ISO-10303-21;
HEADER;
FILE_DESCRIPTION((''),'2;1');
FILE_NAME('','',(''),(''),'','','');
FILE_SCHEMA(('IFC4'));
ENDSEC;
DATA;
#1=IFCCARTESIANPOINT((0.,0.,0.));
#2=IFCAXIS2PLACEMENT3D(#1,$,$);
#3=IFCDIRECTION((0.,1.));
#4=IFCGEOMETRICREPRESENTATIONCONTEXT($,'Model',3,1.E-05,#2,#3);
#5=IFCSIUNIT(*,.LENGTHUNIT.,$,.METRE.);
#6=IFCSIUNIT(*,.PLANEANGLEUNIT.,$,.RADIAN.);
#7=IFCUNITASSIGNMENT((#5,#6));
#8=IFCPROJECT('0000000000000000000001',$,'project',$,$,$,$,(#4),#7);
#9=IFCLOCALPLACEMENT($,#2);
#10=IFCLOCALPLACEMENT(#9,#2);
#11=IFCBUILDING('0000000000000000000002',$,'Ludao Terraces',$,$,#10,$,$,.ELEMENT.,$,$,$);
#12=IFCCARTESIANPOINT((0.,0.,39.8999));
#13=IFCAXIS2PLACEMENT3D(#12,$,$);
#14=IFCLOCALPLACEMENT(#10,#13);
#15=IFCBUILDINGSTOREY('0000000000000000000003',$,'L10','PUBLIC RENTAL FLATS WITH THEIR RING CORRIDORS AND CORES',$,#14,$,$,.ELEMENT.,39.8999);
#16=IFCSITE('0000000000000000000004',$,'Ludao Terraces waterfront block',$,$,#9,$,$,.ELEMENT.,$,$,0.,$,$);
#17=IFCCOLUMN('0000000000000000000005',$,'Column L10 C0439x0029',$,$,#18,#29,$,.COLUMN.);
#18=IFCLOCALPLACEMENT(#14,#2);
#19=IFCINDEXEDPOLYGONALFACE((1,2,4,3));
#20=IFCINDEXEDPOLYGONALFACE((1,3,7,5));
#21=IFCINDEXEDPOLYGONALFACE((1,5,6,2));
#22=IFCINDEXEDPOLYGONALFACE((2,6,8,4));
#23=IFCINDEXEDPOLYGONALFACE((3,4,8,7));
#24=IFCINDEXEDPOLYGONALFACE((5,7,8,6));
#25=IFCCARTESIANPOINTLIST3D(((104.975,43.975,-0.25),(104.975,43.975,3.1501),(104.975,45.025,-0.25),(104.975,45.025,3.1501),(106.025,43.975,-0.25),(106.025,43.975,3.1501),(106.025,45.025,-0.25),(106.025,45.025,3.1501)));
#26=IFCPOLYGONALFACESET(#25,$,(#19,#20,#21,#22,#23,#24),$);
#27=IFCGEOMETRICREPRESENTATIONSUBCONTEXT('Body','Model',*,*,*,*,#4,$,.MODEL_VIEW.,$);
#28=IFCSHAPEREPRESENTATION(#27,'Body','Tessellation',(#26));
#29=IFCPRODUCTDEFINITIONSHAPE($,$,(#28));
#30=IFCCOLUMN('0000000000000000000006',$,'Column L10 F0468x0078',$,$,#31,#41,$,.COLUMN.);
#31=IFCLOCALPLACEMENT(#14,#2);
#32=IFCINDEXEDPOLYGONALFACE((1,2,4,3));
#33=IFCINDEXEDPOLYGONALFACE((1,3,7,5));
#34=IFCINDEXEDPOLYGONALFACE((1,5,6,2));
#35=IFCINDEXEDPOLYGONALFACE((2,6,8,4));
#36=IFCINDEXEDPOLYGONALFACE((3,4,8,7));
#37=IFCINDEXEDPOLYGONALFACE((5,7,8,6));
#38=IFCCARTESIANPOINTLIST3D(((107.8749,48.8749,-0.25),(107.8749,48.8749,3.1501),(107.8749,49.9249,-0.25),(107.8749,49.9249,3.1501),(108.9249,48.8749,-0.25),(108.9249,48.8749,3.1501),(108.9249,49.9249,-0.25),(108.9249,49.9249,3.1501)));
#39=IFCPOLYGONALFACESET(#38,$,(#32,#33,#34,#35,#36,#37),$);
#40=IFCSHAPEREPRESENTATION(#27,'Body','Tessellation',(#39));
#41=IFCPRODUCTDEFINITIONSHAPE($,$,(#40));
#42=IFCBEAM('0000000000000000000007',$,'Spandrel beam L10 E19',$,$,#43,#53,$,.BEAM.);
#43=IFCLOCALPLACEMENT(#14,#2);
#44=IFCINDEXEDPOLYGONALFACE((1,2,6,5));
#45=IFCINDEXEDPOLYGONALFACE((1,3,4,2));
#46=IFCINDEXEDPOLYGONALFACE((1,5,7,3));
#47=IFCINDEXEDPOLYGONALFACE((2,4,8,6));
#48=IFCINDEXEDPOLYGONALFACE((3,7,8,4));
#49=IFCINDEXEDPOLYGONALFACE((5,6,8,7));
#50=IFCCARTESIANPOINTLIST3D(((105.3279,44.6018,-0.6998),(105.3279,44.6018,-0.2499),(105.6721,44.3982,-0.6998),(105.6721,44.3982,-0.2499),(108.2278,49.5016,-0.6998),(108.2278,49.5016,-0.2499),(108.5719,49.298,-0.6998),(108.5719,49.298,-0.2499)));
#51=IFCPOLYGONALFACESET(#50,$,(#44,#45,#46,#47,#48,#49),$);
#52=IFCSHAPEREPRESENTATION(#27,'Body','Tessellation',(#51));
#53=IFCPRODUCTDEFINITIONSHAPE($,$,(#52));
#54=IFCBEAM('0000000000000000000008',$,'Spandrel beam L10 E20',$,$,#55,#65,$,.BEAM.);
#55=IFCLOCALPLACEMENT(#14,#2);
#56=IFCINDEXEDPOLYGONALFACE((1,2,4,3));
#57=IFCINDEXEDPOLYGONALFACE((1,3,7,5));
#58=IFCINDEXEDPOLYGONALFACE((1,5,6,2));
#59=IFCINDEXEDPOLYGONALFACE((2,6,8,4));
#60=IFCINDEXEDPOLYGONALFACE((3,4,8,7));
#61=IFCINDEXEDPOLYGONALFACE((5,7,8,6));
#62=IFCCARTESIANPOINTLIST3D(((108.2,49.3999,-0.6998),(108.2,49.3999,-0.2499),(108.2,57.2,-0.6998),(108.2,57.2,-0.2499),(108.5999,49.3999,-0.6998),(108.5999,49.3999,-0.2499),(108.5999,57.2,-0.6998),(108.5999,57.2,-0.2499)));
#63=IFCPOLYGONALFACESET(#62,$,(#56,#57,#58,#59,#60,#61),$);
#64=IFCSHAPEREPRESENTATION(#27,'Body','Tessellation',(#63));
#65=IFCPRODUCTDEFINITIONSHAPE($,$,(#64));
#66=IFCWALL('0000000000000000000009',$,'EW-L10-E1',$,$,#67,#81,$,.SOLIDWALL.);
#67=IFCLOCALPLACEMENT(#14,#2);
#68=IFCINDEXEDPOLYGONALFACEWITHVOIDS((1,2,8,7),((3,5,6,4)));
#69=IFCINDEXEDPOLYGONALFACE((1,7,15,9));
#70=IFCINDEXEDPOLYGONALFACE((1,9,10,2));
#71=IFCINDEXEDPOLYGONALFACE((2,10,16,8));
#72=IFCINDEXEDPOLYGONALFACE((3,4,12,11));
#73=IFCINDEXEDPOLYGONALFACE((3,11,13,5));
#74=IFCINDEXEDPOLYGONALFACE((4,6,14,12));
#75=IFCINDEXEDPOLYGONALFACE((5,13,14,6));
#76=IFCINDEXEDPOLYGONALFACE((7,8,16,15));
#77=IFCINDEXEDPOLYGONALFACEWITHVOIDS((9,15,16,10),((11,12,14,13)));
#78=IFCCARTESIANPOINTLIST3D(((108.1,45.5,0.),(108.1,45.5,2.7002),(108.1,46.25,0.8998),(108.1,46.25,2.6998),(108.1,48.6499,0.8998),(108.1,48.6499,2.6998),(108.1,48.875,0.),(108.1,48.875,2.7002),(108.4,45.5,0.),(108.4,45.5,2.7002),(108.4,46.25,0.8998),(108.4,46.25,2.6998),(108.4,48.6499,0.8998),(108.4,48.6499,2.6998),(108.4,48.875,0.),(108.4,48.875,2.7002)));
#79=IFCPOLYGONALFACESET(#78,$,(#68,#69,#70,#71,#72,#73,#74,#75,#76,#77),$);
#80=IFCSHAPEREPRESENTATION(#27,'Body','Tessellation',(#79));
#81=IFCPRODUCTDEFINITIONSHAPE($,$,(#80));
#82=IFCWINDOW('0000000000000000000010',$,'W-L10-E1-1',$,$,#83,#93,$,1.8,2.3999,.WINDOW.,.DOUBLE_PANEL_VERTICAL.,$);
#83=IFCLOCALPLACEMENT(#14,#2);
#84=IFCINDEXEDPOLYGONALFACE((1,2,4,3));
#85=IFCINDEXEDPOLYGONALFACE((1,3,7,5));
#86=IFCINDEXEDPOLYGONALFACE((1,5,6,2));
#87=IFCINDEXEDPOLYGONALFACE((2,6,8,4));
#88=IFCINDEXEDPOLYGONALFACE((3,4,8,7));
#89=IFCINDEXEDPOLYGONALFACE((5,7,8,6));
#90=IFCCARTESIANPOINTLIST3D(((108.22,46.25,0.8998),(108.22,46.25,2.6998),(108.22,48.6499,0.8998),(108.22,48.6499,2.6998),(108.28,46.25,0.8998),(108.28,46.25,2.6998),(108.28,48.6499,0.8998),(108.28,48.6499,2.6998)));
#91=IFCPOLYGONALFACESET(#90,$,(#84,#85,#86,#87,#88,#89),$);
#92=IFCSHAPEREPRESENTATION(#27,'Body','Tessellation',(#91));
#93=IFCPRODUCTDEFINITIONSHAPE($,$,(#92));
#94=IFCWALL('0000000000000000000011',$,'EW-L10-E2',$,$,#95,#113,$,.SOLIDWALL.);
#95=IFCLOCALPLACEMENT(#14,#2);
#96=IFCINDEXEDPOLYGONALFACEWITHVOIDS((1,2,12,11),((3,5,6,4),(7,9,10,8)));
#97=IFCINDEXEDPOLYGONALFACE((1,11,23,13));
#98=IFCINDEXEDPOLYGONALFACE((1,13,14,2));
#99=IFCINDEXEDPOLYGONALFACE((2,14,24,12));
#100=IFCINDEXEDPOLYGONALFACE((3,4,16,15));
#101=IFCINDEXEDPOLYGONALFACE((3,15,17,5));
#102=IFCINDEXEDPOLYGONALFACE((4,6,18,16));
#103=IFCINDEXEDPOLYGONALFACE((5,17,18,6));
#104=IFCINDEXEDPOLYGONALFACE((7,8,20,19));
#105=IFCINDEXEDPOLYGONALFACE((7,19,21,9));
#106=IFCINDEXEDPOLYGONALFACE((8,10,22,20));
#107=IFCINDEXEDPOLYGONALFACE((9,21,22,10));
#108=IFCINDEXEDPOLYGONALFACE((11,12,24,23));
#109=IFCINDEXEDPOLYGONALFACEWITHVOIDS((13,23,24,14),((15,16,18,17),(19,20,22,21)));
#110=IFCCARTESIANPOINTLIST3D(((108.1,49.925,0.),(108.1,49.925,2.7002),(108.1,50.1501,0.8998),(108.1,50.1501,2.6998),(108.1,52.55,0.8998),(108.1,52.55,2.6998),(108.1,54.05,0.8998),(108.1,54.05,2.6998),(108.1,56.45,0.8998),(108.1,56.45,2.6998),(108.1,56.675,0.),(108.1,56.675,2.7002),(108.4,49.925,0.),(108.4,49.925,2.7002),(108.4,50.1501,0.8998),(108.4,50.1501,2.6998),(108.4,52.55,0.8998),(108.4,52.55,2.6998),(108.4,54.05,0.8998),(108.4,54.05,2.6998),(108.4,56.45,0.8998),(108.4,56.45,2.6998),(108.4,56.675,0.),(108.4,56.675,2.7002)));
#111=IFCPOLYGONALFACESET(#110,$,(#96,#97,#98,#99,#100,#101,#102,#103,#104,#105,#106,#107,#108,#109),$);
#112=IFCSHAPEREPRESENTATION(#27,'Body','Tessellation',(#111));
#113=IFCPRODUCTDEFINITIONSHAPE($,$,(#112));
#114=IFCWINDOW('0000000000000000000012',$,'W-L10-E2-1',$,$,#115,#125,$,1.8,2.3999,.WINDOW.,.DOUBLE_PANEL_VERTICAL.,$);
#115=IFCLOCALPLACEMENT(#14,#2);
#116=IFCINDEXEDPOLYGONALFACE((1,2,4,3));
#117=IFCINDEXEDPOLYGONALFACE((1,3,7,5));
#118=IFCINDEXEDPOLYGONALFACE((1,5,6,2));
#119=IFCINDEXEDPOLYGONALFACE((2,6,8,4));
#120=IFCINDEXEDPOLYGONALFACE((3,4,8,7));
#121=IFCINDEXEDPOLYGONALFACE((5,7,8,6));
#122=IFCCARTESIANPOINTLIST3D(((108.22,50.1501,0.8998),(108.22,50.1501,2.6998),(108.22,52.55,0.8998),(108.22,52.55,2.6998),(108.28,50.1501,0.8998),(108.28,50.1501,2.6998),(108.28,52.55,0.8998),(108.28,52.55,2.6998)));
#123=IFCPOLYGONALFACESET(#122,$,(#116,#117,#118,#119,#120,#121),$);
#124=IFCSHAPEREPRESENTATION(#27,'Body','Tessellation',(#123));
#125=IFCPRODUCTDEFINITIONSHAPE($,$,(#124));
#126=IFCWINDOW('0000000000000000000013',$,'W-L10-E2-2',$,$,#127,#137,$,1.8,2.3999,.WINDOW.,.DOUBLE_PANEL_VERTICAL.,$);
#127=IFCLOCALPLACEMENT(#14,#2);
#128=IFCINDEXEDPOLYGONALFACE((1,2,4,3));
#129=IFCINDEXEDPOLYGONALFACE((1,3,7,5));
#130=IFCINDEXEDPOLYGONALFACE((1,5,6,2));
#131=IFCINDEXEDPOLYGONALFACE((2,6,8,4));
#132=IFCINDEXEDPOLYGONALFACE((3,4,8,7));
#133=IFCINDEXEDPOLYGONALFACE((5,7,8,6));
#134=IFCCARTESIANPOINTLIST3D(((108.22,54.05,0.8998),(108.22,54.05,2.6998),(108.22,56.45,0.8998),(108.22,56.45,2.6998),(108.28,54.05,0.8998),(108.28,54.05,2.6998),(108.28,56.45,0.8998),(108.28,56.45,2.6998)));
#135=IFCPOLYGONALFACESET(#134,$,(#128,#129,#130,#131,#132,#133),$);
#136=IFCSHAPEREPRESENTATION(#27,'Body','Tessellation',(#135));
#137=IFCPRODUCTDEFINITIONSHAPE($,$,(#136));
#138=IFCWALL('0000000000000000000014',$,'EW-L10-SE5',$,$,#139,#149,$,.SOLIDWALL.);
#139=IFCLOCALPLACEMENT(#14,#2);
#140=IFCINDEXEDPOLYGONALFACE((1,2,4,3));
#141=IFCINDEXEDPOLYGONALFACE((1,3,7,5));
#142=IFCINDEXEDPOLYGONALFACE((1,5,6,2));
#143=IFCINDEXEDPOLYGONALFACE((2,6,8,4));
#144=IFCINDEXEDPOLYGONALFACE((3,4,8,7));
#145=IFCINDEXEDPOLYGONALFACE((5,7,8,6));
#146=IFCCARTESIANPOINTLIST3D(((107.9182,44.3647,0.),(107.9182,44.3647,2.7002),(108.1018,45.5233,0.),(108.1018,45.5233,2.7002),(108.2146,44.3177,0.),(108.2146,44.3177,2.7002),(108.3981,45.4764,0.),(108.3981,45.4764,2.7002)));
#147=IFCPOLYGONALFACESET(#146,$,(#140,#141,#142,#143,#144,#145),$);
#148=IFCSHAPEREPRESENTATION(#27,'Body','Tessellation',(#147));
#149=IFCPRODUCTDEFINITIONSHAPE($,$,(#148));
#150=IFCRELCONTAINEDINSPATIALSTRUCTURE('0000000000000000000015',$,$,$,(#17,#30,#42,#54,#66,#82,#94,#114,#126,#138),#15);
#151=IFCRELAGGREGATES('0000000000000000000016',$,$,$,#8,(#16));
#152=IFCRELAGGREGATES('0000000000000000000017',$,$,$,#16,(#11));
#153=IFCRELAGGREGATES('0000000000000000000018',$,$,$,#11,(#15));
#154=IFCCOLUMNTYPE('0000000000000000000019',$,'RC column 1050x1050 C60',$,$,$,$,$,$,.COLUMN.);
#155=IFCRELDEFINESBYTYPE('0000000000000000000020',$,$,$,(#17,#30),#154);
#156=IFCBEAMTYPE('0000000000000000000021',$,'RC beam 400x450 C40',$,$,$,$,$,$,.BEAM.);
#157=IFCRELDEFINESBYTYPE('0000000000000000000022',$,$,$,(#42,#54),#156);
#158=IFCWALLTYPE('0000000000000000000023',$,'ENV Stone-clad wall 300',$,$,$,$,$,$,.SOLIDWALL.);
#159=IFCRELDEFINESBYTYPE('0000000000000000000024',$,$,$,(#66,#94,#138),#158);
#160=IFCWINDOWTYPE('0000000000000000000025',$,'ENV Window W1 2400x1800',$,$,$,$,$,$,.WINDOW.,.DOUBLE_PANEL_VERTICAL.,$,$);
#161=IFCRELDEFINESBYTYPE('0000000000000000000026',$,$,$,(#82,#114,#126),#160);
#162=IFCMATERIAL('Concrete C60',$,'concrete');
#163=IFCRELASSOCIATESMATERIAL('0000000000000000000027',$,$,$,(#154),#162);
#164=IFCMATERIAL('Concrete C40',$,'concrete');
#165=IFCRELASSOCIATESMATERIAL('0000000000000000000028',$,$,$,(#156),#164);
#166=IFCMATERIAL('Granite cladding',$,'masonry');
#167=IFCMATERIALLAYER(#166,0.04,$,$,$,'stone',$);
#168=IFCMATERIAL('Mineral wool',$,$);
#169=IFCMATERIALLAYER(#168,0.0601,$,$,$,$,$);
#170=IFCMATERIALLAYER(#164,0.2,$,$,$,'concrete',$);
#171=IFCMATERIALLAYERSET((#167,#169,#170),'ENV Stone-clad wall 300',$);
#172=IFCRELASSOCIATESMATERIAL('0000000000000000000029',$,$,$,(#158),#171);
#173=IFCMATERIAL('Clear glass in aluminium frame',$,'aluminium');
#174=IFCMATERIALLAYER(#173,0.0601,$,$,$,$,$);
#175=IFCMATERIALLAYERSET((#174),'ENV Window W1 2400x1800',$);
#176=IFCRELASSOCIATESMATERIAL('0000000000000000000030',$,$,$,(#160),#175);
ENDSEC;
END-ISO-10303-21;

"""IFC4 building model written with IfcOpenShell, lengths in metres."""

from ifc_helpers import new_model, si_unit, direction, frame, frame_2d, origin, origin_2d, place, context, subcontext, project, spatial, rectangle, extrude, material, layer, layer_set, material_profile, profile_set, type_object, element, fill, save


model = new_model("IFC4")

# Units and contexts
model_context = context("Model", 3, precision=1e-05, world=origin(), true_north=direction((0.0, 1.0)))
body_context = subcontext(model_context, "Body", "Model", "MODEL_VIEW")
ifc_project = project(units=[si_unit("LENGTHUNIT", "METRE"), si_unit("PLANEANGLEUNIT", "RADIAN")], contexts=[model_context])

# Site, building, storey
site_placement = place(None, origin())
site = spatial("IfcSite", under=ifc_project, at=site_placement, Name="Ludao Terraces waterfront block", CompositionType="ELEMENT", RefElevation=0.0)
building_placement = place(site_placement, origin())
building = spatial("IfcBuilding", under=site, at=building_placement, Name="Ludao Terraces", CompositionType="ELEMENT")
storey_placement = place(building_placement, frame((0.0, 0.0, 39.8999)))
storey = spatial("IfcBuildingStorey", under=building, at=storey_placement, Name="L10", Description="PUBLIC RENTAL FLATS WITH THEIR RING CORRIDORS AND CORES", CompositionType="ELEMENT", Elevation=39.8999)

# Columns
ifc_material_1 = material(Name="Concrete C60", Category="concrete")
ifc_material_profile_1 = material_profile(ifc_material_1, rectangle(XDim=1.05, YDim=1.05, at=origin_2d()), Name="1050 X 1050")
ifc_profile_set_1 = profile_set([ifc_material_profile_1], Name="Concrete C60")
column_type = type_object("IfcColumnType", Name="RC column 1050x1050 C60", PredefinedType="COLUMN", material=ifc_profile_set_1)
for number, where, z_axis, x_axis, name in (
    (1, (105.5, 44.5, -0.25), (0.0, 0.0, 1.0), (1.0, 0.0, 0.0), "Column L10 C0439x0029"),
    (2, (108.3999, 49.3999, -0.25), (0.0, 0.0, 1.0), (1.0, 0.0, 0.0), "Column L10 F0468x0078"),
):
    element("IfcColumn", number, at=place(storey_placement, frame(where, z_axis=z_axis, x_axis=x_axis)), inside=storey, type_object=column_type, Name=name, PredefinedType="COLUMN", context=body_context, shape_type="SweptSolid", body=[
        extrude(rectangle(XDim=1.05, YDim=1.05, at=origin_2d()), origin(), (0.0, 0.0, 1.0), 3.4001),
    ])

# Beams
ifc_material_2 = material(Name="Concrete C40", Category="concrete")
ifc_material_profile_2 = material_profile(ifc_material_2, rectangle(XDim=0.3999, YDim=0.45, at=origin_2d()), Name="400 X 450")
ifc_profile_set_2 = profile_set([ifc_material_profile_2], Name="Concrete C40")
beam_type = type_object("IfcBeamType", Name="RC beam 400x450 C40", PredefinedType="BEAM", material=ifc_profile_set_2)
beam_1_placement = place(storey_placement, frame((105.5, 44.5, -0.4749), z_axis=(0.509316, 0.86058, 0.0), x_axis=(-0.86058, 0.509316, 0.0)))
element("IfcBeam", 3, at=beam_1_placement, inside=storey, type_object=beam_type, Name="Spandrel beam L10 E19", PredefinedType="BEAM", context=body_context, shape_type="SweptSolid", body=[
    extrude(rectangle(XDim=0.3999, YDim=0.45, at=origin_2d()), origin(), (0.0, 0.0, 1.0), 5.6936),
])
beam_2_placement = place(storey_placement, frame((108.3999, 49.3999, -0.4749), z_axis=(0.0, 1.0, 0.0), x_axis=(-1.0, 0.0, 0.0)))
element("IfcBeam", 4, at=beam_2_placement, inside=storey, type_object=beam_type, Name="Spandrel beam L10 E20", PredefinedType="BEAM", context=body_context, shape_type="SweptSolid", body=[
    extrude(rectangle(XDim=0.3999, YDim=0.45, at=origin_2d()), origin(), (0.0, 0.0, 1.0), 7.8),
])

# Wall, opening, window
ifc_material_3 = material(Name="Granite cladding", Category="masonry")
ifc_layer_1 = layer(ifc_material_3, 0.04, Category="stone")
ifc_material_4 = material(Name="Mineral wool")
ifc_layer_2 = layer(ifc_material_4, 0.0601)
ifc_layer_3 = layer(ifc_material_2, 0.2, Category="concrete")
ifc_layer_set_1 = layer_set([ifc_layer_1, ifc_layer_2, ifc_layer_3], Name="ENV Stone-clad wall 300")
wall_type = type_object("IfcWallType", Name="ENV Stone-clad wall 300", PredefinedType="SOLIDWALL", material=ifc_layer_set_1)
wall_1_placement = place(storey_placement, frame((108.25, 45.5, 0.0), z_axis=(0.0, 0.0, 1.0), x_axis=(0.0, 1.0, 0.0)))
wall_1 = element("IfcWall", 5, at=wall_1_placement, inside=storey, type_object=wall_type, Name="EW-L10-E1", PredefinedType="SOLIDWALL", context=body_context, shape_type="SweptSolid", body=[
    extrude(rectangle(XDim=3.375, YDim=0.3, at=frame_2d((1.6875, 0.0))), origin(), (0.0, 0.0, 1.0), 2.7002),
])
opening_1_placement = place(wall_1_placement, frame((0.75, 0.0, 0.8999)))
opening_1 = element("IfcOpeningElement", 6, at=opening_1_placement, cuts=wall_1, PredefinedType="OPENING", context=body_context, shape_type="SweptSolid", body=[
    extrude(rectangle(XDim=2.3999, YDim=1.8, at=frame_2d((1.2, 0.8999))), frame((0.0, 0.1602, 0.0), z_axis=(0.0, -1.0, 0.0), x_axis=(1.0, 0.0, 0.0)), (0.0, 0.0, 1.0), 0.3201),
])
ifc_material_5 = material(Name="Clear glass in aluminium frame", Category="aluminium")
ifc_layer_4 = layer(ifc_material_5, 0.0601)
ifc_layer_set_2 = layer_set([ifc_layer_4], Name="ENV Window W1 2400x1800")
window_type = type_object("IfcWindowType", Name="ENV Window W1 2400x1800", PartitioningType="DOUBLE_PANEL_VERTICAL", PredefinedType="WINDOW", material=ifc_layer_set_2)
window_1_placement = place(opening_1_placement, origin())
window_1 = element("IfcWindow", 7, at=window_1_placement, inside=storey, type_object=window_type, Name="W-L10-E1-1", OverallHeight=1.8, OverallWidth=2.3999, PartitioningType="DOUBLE_PANEL_VERTICAL", PredefinedType="WINDOW", context=body_context, shape_type="SweptSolid", body=[
    extrude(rectangle(XDim=2.3999, YDim=1.8, at=frame_2d((1.2, 0.8999))), frame((0.0, 0.03, 0.0), z_axis=(0.0, -1.0, 0.0), x_axis=(1.0, 0.0, 0.0)), (0.0, 0.0, 1.0), 0.0601),
])
fill(opening_1, window_1)

# Wall, openings, windows
wall_2_placement = place(storey_placement, frame((108.25, 49.925, 0.0), z_axis=(0.0, 0.0, 1.0), x_axis=(0.0, 1.0, 0.0)))
wall_2 = element("IfcWall", 8, at=wall_2_placement, inside=storey, type_object=wall_type, Name="EW-L10-E2", PredefinedType="SOLIDWALL", context=body_context, shape_type="SweptSolid", body=[
    extrude(rectangle(XDim=6.75, YDim=0.3, at=frame_2d((3.375, 0.0))), origin(), (0.0, 0.0, 1.0), 2.7002),
])
opening_2_placement = place(wall_2_placement, frame((0.2251, 0.0, 0.8999)))
opening_2 = element("IfcOpeningElement", 9, at=opening_2_placement, cuts=wall_2, PredefinedType="OPENING", context=body_context, shape_type="SweptSolid", body=[
    extrude(rectangle(XDim=2.3999, YDim=1.8, at=frame_2d((1.2, 0.8999))), frame((0.0, 0.1602, 0.0), z_axis=(0.0, -1.0, 0.0), x_axis=(1.0, 0.0, 0.0)), (0.0, 0.0, 1.0), 0.3201),
])
opening_3_placement = place(wall_2_placement, frame((4.125, 0.0, 0.8999)))
opening_3 = element("IfcOpeningElement", 10, at=opening_3_placement, cuts=wall_2, PredefinedType="OPENING", context=body_context, shape_type="SweptSolid", body=[
    extrude(rectangle(XDim=2.3999, YDim=1.8, at=frame_2d((1.2, 0.8999))), frame((0.0, 0.1602, 0.0), z_axis=(0.0, -1.0, 0.0), x_axis=(1.0, 0.0, 0.0)), (0.0, 0.0, 1.0), 0.3201),
])
window_2_placement = place(opening_2_placement, origin())
window_2 = element("IfcWindow", 11, at=window_2_placement, inside=storey, type_object=window_type, Name="W-L10-E2-1", OverallHeight=1.8, OverallWidth=2.3999, PartitioningType="DOUBLE_PANEL_VERTICAL", PredefinedType="WINDOW", context=body_context, shape_type="SweptSolid", body=[
    extrude(rectangle(XDim=2.3999, YDim=1.8, at=frame_2d((1.2, 0.8999))), frame((0.0, 0.03, 0.0), z_axis=(0.0, -1.0, 0.0), x_axis=(1.0, 0.0, 0.0)), (0.0, 0.0, 1.0), 0.0601),
])
fill(opening_2, window_2)
window_3_placement = place(opening_3_placement, origin())
window_3 = element("IfcWindow", 12, at=window_3_placement, inside=storey, type_object=window_type, Name="W-L10-E2-2", OverallHeight=1.8, OverallWidth=2.3999, PartitioningType="DOUBLE_PANEL_VERTICAL", PredefinedType="WINDOW", context=body_context, shape_type="SweptSolid", body=[
    extrude(rectangle(XDim=2.3999, YDim=1.8, at=frame_2d((1.2, 0.8999))), frame((0.0, 0.03, 0.0), z_axis=(0.0, -1.0, 0.0), x_axis=(1.0, 0.0, 0.0)), (0.0, 0.0, 1.0), 0.0601),
])
fill(opening_3, window_3)

# Wall
wall_3_placement = place(storey_placement, frame((108.0664, 44.3413, 0.0), z_axis=(0.0, 0.0, 1.0), x_axis=(0.156497, 0.987678, 0.0)))
element("IfcWall", 13, at=wall_3_placement, inside=storey, type_object=wall_type, Name="EW-L10-SE5", PredefinedType="SOLIDWALL", context=body_context, shape_type="SweptSolid", body=[
    extrude(rectangle(XDim=1.1731, YDim=0.3, at=frame_2d((0.5864, 0.0))), origin(), (0.0, 0.0, 1.0), 2.7002),
])

save(model, "model.ifc")
